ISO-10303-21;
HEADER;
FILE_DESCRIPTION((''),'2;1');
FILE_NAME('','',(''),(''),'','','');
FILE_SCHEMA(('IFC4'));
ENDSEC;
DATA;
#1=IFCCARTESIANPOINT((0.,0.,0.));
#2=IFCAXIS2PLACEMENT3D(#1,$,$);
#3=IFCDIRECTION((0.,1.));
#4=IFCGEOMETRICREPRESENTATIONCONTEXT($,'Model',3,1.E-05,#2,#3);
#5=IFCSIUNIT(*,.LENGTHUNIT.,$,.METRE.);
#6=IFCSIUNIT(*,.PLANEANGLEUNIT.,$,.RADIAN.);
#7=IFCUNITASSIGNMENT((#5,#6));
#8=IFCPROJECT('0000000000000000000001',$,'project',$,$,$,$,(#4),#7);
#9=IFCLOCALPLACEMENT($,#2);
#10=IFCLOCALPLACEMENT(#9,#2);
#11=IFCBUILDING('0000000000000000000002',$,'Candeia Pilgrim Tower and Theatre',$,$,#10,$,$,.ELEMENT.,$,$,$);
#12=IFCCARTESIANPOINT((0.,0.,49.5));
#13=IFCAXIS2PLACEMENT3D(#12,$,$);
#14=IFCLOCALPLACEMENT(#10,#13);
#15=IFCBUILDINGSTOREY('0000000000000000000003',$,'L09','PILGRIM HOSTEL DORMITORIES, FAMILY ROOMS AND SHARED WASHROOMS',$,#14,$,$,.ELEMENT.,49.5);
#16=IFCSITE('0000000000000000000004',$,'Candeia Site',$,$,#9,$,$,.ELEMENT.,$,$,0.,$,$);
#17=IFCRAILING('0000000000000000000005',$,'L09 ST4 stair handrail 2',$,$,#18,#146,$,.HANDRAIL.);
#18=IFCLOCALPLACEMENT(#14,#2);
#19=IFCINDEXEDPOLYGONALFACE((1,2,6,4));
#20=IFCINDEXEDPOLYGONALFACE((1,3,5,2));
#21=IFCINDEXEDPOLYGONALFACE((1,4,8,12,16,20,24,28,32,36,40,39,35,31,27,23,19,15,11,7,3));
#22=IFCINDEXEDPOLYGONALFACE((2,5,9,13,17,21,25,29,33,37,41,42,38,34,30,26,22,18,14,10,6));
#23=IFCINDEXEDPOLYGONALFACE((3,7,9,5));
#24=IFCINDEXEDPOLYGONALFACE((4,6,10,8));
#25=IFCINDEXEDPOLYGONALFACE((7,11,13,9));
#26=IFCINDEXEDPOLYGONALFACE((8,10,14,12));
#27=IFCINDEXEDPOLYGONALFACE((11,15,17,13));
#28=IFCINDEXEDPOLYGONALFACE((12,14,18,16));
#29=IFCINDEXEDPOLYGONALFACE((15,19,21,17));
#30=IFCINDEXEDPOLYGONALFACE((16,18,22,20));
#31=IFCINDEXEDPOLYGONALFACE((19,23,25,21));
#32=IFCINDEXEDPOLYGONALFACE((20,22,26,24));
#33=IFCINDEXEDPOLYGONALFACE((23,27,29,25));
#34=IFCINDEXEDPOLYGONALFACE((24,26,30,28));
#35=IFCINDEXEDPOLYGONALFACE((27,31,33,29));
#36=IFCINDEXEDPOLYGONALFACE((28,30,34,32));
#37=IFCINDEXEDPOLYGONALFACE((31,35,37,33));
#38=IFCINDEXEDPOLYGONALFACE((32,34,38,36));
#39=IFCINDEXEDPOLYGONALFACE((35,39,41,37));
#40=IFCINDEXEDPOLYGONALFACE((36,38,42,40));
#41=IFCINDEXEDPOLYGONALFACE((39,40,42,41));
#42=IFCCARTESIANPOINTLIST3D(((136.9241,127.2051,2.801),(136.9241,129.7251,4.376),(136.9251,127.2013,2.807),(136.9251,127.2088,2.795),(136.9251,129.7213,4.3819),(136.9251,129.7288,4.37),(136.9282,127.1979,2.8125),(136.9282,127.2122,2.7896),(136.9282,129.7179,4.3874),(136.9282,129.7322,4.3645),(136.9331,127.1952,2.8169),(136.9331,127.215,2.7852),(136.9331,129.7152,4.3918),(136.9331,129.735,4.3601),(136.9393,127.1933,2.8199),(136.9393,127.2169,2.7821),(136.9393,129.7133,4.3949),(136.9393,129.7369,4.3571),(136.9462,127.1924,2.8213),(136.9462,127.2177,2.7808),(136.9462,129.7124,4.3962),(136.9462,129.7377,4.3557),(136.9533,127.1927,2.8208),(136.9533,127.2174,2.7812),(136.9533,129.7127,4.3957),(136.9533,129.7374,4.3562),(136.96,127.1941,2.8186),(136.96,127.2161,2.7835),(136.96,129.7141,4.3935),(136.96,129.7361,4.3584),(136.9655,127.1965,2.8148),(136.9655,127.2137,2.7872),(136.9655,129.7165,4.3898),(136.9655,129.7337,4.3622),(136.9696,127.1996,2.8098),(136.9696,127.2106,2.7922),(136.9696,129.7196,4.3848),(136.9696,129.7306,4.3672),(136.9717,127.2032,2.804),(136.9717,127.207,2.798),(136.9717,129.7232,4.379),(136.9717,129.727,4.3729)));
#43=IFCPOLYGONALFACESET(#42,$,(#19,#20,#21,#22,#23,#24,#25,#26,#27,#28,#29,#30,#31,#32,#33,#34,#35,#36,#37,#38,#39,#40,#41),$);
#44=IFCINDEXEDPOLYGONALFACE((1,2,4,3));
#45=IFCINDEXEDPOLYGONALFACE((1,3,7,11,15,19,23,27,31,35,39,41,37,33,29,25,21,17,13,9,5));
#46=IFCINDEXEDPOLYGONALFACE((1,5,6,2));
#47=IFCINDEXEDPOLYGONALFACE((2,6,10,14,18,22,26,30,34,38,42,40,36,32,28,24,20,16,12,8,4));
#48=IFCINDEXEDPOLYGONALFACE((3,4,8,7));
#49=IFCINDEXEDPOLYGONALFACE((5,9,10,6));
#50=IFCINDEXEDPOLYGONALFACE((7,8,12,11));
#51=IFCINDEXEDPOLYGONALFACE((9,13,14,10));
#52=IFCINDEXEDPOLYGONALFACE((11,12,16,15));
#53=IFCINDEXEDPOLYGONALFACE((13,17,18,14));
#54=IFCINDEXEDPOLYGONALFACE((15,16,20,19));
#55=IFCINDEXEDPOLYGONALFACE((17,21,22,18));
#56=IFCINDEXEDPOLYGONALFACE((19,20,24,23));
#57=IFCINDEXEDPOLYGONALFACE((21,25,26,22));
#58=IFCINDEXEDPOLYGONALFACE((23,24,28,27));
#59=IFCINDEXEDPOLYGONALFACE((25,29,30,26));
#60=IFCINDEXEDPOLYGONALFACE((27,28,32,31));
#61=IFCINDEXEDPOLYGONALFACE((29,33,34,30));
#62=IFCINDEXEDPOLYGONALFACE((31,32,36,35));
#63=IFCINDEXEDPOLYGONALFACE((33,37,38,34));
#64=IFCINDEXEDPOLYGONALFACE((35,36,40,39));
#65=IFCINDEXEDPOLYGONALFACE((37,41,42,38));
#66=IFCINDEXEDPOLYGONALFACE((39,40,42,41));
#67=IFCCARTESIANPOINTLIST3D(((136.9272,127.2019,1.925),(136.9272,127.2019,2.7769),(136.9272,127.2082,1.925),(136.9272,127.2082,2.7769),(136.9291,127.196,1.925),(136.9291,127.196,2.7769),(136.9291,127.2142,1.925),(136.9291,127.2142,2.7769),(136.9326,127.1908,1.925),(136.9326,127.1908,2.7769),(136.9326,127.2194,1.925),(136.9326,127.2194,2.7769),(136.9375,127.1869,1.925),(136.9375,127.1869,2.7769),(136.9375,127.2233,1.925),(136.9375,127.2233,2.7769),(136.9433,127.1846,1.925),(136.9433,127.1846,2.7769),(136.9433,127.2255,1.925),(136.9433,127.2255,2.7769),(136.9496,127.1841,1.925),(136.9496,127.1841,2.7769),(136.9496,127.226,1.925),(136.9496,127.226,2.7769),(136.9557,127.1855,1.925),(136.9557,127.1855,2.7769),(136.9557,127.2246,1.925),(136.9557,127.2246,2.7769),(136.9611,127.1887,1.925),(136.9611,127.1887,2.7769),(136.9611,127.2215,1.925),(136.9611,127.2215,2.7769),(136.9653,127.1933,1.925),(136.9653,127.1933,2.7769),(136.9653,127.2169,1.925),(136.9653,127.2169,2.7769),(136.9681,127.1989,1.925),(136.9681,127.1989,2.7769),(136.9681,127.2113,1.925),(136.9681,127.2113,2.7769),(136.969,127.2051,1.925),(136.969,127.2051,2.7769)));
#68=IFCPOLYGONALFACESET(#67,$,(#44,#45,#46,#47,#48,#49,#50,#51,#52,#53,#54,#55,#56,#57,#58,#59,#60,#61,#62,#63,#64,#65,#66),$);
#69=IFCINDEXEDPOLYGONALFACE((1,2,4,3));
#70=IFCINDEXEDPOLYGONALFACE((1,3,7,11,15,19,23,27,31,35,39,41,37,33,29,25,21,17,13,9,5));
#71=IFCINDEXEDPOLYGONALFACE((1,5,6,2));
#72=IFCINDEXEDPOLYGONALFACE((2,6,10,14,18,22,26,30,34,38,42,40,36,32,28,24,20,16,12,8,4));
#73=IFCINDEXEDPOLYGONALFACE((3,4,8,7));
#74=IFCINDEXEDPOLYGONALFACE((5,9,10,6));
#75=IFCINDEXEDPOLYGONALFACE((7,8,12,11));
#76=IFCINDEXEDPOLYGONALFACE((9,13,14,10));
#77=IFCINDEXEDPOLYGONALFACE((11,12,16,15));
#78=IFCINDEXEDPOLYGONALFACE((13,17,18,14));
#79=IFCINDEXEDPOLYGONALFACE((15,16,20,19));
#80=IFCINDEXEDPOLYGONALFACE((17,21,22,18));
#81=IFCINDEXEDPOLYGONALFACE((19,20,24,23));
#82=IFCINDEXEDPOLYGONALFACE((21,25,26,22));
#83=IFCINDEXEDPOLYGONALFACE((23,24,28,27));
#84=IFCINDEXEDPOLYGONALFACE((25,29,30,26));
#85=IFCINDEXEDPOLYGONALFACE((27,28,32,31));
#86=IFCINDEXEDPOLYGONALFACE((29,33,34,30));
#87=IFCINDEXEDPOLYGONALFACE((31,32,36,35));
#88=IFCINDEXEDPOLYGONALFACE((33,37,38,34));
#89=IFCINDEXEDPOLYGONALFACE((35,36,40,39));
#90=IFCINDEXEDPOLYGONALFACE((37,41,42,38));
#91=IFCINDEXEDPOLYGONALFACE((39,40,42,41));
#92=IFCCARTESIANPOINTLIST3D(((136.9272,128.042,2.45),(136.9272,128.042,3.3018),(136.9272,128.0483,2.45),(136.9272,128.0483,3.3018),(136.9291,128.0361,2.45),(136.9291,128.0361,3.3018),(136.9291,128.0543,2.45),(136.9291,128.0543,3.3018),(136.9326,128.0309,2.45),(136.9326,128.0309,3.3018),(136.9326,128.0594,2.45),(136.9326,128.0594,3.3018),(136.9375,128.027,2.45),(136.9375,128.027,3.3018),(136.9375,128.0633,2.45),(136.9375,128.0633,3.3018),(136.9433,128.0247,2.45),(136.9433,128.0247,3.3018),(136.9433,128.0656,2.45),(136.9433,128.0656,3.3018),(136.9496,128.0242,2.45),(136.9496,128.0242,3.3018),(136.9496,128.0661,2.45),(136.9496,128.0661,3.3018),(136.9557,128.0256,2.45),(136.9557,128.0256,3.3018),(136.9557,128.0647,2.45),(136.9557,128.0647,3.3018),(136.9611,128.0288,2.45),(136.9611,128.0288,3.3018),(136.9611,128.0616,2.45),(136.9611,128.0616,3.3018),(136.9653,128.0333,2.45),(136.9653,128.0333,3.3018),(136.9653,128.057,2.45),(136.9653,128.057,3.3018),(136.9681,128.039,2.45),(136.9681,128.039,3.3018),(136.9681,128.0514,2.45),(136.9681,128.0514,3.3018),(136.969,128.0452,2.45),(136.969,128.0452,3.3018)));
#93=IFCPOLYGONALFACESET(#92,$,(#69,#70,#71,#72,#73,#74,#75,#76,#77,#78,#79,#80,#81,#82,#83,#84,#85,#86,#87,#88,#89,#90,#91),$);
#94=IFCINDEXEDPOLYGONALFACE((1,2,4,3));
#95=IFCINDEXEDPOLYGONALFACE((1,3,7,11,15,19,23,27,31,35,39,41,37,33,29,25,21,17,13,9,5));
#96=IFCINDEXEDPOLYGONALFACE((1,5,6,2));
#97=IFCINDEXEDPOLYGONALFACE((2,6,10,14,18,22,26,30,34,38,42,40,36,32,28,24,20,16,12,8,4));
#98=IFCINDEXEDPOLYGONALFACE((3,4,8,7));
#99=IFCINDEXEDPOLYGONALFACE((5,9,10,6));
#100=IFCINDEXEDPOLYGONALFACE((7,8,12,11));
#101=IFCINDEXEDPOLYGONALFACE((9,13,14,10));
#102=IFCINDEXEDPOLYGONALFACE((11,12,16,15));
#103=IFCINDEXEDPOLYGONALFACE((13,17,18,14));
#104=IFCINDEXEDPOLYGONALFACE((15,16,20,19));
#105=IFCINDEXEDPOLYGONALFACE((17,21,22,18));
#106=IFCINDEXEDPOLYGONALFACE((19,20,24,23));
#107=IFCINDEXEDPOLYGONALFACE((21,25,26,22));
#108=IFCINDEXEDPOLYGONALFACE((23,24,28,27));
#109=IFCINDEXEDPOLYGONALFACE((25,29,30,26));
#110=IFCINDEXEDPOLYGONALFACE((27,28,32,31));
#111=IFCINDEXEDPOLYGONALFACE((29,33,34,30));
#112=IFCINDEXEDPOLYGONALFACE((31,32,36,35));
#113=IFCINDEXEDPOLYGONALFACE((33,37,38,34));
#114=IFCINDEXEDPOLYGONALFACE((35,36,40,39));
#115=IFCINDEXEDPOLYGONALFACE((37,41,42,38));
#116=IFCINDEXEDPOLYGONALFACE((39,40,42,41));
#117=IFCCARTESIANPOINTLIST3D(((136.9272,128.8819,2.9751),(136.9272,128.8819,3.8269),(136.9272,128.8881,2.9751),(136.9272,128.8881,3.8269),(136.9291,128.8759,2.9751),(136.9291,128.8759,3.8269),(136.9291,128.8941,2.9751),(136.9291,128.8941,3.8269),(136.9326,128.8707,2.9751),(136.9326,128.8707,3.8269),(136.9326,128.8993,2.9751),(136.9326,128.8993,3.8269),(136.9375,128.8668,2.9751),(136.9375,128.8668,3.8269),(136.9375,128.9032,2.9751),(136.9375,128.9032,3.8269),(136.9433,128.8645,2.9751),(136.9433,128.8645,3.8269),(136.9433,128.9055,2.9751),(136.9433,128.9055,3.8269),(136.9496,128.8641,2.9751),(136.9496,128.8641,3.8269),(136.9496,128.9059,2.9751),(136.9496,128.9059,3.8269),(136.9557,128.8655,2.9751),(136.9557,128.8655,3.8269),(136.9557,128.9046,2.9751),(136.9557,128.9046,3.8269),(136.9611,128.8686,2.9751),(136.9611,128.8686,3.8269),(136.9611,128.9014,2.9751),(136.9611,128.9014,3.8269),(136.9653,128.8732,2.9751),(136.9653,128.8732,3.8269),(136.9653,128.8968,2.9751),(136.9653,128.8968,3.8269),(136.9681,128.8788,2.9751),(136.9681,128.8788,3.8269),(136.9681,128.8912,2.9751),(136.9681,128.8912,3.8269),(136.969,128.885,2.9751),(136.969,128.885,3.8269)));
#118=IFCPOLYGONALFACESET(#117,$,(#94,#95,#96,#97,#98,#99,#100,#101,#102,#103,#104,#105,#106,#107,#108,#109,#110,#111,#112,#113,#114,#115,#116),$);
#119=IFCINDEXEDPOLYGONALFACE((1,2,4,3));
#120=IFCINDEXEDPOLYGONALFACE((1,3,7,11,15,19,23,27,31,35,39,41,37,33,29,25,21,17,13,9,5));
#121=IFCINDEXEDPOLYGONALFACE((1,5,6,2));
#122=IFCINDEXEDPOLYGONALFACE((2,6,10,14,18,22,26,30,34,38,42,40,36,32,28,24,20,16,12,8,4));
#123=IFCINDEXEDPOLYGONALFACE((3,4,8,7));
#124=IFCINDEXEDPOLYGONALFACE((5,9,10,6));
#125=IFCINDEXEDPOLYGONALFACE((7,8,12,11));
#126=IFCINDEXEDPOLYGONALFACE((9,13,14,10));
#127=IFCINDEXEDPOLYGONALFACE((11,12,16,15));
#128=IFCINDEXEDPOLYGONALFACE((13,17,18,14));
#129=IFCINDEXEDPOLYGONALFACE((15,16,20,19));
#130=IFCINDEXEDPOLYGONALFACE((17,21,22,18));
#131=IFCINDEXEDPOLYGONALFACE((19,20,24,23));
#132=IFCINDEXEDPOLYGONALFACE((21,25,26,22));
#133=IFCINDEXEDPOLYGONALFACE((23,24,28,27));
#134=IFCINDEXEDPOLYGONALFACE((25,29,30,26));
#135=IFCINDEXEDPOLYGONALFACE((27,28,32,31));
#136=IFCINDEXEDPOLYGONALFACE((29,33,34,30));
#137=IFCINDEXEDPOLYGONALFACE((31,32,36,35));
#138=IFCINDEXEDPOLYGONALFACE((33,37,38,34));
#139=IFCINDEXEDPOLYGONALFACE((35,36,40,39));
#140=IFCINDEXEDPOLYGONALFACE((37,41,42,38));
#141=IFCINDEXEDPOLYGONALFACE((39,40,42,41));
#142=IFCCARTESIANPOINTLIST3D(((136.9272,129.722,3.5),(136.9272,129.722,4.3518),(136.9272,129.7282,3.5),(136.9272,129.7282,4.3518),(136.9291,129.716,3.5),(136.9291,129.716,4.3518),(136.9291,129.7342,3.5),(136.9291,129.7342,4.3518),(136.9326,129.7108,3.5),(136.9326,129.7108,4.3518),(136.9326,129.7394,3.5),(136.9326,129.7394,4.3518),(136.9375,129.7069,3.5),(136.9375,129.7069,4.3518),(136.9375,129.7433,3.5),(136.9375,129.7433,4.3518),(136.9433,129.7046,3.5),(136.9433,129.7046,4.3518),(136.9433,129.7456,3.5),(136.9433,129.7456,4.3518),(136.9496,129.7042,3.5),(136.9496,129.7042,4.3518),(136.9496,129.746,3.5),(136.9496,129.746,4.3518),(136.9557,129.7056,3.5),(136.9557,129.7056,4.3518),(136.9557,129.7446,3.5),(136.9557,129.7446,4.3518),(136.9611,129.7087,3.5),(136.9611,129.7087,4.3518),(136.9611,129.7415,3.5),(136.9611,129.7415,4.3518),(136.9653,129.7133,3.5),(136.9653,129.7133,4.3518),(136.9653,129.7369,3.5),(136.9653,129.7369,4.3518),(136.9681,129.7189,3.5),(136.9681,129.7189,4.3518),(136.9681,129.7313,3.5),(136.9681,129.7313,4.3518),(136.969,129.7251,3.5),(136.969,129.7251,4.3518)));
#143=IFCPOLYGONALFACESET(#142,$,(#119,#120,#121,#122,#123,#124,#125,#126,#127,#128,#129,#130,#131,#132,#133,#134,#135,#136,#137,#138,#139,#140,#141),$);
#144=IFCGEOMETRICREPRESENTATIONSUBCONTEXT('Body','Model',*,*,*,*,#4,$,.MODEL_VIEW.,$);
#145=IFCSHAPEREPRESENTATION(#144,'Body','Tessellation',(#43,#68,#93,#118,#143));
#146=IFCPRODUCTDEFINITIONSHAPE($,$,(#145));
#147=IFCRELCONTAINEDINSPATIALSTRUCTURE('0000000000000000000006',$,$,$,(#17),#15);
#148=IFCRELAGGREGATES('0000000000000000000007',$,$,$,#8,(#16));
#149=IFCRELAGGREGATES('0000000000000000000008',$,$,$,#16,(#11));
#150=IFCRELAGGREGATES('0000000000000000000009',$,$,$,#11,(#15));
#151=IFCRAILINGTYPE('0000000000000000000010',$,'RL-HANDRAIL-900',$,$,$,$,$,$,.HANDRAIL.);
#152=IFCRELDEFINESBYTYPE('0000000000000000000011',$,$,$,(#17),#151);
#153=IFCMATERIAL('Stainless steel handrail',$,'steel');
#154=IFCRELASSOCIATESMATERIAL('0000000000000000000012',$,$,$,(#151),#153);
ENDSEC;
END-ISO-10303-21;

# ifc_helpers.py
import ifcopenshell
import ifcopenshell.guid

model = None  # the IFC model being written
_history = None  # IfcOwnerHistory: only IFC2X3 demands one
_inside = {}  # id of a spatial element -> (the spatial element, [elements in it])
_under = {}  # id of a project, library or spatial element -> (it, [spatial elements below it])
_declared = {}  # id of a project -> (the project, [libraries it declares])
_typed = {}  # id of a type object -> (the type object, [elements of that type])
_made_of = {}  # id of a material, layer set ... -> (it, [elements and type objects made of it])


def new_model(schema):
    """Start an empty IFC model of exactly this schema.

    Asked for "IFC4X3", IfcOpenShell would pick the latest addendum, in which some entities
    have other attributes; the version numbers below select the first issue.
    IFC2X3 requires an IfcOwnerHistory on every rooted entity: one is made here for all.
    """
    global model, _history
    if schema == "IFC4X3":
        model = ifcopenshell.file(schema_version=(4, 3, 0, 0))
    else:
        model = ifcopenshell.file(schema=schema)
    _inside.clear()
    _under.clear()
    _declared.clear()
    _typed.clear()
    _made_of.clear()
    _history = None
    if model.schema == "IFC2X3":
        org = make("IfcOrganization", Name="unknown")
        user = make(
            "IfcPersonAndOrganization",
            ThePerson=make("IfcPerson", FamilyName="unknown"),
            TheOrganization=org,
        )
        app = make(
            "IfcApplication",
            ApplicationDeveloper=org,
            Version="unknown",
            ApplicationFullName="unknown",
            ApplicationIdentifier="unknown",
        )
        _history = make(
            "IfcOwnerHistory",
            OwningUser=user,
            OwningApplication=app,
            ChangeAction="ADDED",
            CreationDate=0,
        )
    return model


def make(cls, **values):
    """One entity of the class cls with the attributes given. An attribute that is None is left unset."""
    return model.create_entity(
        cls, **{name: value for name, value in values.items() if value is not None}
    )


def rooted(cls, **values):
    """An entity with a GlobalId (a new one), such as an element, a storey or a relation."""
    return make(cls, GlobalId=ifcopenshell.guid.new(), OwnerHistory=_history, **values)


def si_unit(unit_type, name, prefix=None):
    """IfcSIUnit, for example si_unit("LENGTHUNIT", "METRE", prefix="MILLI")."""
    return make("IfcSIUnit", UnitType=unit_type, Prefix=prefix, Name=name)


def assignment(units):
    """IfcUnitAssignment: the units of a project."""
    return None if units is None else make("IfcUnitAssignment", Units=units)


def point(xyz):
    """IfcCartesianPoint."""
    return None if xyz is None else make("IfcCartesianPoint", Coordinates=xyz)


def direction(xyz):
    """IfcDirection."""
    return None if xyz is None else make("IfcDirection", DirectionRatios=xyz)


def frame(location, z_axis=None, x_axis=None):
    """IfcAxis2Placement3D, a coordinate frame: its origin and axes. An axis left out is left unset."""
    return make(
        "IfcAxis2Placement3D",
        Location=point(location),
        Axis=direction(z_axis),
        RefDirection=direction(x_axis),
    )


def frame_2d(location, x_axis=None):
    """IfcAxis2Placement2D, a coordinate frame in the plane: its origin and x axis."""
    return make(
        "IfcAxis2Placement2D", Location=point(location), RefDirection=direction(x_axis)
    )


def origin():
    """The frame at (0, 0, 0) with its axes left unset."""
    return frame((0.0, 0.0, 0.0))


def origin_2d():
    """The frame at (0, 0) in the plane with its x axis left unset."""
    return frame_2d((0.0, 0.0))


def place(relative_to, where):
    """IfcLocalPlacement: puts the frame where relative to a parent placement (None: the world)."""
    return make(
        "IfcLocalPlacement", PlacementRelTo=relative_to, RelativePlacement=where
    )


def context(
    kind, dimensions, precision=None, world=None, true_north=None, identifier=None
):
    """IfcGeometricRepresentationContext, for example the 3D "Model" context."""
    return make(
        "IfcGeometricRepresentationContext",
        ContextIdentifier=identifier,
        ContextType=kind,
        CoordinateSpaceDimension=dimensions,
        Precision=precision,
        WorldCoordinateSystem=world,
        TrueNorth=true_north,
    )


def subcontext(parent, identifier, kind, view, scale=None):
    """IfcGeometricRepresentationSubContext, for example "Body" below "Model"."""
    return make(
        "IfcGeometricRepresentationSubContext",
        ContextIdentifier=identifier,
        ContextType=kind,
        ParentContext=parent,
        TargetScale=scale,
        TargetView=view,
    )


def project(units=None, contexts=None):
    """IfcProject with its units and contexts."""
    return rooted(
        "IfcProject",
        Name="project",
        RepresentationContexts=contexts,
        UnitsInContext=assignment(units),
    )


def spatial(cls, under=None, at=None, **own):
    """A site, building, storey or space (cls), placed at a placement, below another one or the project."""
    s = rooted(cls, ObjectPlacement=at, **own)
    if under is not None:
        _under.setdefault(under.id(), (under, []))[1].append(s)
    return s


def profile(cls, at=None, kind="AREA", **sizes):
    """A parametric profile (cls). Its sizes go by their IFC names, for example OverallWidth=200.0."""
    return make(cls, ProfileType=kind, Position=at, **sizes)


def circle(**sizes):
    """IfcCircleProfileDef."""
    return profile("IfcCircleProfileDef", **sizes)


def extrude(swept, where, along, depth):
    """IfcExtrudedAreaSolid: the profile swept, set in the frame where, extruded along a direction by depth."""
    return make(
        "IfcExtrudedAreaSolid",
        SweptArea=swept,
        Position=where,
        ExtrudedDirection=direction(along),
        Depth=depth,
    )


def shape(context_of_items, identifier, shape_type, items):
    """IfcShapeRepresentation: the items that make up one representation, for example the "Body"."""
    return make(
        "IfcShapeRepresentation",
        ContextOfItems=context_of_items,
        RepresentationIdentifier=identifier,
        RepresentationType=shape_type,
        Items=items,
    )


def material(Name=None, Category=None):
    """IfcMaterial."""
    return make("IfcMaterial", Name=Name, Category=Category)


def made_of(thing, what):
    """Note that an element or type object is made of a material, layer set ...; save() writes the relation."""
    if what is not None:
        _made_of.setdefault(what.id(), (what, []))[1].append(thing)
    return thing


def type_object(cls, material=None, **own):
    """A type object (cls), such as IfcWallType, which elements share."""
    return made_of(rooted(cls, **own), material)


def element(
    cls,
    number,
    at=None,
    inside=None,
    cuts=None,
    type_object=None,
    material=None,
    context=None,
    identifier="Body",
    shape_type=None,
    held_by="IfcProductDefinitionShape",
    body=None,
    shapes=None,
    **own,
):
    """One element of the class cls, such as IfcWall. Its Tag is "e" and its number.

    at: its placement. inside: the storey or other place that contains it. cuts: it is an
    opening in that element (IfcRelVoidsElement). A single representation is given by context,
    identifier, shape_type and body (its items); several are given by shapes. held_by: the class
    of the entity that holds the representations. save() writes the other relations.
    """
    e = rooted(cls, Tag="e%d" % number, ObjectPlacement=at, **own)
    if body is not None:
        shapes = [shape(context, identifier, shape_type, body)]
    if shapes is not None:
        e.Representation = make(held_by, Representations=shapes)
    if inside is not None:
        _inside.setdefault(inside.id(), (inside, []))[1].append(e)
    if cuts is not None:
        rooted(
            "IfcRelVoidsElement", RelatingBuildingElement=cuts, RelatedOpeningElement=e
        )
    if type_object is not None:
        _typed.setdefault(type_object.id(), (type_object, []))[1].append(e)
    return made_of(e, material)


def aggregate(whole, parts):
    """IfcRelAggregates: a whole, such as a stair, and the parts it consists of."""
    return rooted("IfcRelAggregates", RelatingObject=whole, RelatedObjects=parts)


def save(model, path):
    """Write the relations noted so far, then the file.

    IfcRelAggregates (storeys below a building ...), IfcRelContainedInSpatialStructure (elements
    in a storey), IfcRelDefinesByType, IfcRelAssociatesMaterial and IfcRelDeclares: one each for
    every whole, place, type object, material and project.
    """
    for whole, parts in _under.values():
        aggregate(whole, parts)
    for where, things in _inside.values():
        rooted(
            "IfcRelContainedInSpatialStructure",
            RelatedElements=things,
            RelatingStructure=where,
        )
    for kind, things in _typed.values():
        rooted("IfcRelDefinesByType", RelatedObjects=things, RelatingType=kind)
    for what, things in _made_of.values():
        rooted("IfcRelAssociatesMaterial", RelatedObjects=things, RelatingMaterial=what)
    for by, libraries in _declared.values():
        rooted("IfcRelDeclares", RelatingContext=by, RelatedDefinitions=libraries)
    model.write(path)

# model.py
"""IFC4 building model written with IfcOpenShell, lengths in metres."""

from ifc_helpers import new_model, si_unit, direction, frame, origin, origin_2d, place, context, subcontext, project, spatial, circle, extrude, material, type_object, element, save


model = new_model("IFC4")

# Units and contexts
model_context = context("Model", 3, precision=1e-05, world=origin(), true_north=direction((0.0, 1.0)))
body_context = subcontext(model_context, "Body", "Model", "MODEL_VIEW")
ifc_project = project(units=[si_unit("LENGTHUNIT", "METRE"), si_unit("PLANEANGLEUNIT", "RADIAN")], contexts=[model_context])

# Site, building, storey
site_placement = place(None, origin())
site = spatial("IfcSite", under=ifc_project, at=site_placement, Name="Candeia Site", CompositionType="ELEMENT", RefElevation=0.0)
building_placement = place(site_placement, origin())
building = spatial("IfcBuilding", under=site, at=building_placement, Name="Candeia Pilgrim Tower and Theatre", CompositionType="ELEMENT")
storey_placement = place(building_placement, frame((0.0, 0.0, 49.5)))
storey = spatial("IfcBuildingStorey", under=building, at=storey_placement, Name="L09", Description="PILGRIM HOSTEL DORMITORIES, FAMILY ROOMS AND SHARED WASHROOMS", CompositionType="ELEMENT", Elevation=49.5)

# Railing
ifc_material_1 = material(Name="Stainless steel handrail", Category="steel")
railing_type_1 = type_object("IfcRailingType", Name="RL-HANDRAIL-900", PredefinedType="HANDRAIL", material=ifc_material_1)
railing_1_placement = place(storey_placement, frame((136.948, 127.2051, 1.925)))
element("IfcRailing", 1, at=railing_1_placement, inside=storey, type_object=railing_type_1, Name="L09 ST4 stair handrail 2", PredefinedType="HANDRAIL", context=body_context, shape_type="SweptSolid", body=[
    extrude(circle(Radius=0.0239, at=origin_2d()), frame((0.0, 0.0, 0.876), z_axis=(0.0, 0.848008, 0.529984), x_axis=(-1.0, 0.0, 0.0)), (0.0, 0.0, 1.0), 2.9717),
    extrude(circle(Radius=0.021, at=origin_2d()), origin(), (0.0, 0.0, 1.0), 0.8518),
    extrude(circle(Radius=0.021, at=origin_2d()), frame((0.0, 0.8401, 0.5249)), (0.0, 0.0, 1.0), 0.8518),
    extrude(circle(Radius=0.021, at=origin_2d()), frame((0.0, 1.6799, 1.05)), (0.0, 0.0, 1.0), 0.8518),
    extrude(circle(Radius=0.021, at=origin_2d()), frame((0.0, 2.52, 1.575)), (0.0, 0.0, 1.0), 0.8518),
])

save(model, "model.ifc")
